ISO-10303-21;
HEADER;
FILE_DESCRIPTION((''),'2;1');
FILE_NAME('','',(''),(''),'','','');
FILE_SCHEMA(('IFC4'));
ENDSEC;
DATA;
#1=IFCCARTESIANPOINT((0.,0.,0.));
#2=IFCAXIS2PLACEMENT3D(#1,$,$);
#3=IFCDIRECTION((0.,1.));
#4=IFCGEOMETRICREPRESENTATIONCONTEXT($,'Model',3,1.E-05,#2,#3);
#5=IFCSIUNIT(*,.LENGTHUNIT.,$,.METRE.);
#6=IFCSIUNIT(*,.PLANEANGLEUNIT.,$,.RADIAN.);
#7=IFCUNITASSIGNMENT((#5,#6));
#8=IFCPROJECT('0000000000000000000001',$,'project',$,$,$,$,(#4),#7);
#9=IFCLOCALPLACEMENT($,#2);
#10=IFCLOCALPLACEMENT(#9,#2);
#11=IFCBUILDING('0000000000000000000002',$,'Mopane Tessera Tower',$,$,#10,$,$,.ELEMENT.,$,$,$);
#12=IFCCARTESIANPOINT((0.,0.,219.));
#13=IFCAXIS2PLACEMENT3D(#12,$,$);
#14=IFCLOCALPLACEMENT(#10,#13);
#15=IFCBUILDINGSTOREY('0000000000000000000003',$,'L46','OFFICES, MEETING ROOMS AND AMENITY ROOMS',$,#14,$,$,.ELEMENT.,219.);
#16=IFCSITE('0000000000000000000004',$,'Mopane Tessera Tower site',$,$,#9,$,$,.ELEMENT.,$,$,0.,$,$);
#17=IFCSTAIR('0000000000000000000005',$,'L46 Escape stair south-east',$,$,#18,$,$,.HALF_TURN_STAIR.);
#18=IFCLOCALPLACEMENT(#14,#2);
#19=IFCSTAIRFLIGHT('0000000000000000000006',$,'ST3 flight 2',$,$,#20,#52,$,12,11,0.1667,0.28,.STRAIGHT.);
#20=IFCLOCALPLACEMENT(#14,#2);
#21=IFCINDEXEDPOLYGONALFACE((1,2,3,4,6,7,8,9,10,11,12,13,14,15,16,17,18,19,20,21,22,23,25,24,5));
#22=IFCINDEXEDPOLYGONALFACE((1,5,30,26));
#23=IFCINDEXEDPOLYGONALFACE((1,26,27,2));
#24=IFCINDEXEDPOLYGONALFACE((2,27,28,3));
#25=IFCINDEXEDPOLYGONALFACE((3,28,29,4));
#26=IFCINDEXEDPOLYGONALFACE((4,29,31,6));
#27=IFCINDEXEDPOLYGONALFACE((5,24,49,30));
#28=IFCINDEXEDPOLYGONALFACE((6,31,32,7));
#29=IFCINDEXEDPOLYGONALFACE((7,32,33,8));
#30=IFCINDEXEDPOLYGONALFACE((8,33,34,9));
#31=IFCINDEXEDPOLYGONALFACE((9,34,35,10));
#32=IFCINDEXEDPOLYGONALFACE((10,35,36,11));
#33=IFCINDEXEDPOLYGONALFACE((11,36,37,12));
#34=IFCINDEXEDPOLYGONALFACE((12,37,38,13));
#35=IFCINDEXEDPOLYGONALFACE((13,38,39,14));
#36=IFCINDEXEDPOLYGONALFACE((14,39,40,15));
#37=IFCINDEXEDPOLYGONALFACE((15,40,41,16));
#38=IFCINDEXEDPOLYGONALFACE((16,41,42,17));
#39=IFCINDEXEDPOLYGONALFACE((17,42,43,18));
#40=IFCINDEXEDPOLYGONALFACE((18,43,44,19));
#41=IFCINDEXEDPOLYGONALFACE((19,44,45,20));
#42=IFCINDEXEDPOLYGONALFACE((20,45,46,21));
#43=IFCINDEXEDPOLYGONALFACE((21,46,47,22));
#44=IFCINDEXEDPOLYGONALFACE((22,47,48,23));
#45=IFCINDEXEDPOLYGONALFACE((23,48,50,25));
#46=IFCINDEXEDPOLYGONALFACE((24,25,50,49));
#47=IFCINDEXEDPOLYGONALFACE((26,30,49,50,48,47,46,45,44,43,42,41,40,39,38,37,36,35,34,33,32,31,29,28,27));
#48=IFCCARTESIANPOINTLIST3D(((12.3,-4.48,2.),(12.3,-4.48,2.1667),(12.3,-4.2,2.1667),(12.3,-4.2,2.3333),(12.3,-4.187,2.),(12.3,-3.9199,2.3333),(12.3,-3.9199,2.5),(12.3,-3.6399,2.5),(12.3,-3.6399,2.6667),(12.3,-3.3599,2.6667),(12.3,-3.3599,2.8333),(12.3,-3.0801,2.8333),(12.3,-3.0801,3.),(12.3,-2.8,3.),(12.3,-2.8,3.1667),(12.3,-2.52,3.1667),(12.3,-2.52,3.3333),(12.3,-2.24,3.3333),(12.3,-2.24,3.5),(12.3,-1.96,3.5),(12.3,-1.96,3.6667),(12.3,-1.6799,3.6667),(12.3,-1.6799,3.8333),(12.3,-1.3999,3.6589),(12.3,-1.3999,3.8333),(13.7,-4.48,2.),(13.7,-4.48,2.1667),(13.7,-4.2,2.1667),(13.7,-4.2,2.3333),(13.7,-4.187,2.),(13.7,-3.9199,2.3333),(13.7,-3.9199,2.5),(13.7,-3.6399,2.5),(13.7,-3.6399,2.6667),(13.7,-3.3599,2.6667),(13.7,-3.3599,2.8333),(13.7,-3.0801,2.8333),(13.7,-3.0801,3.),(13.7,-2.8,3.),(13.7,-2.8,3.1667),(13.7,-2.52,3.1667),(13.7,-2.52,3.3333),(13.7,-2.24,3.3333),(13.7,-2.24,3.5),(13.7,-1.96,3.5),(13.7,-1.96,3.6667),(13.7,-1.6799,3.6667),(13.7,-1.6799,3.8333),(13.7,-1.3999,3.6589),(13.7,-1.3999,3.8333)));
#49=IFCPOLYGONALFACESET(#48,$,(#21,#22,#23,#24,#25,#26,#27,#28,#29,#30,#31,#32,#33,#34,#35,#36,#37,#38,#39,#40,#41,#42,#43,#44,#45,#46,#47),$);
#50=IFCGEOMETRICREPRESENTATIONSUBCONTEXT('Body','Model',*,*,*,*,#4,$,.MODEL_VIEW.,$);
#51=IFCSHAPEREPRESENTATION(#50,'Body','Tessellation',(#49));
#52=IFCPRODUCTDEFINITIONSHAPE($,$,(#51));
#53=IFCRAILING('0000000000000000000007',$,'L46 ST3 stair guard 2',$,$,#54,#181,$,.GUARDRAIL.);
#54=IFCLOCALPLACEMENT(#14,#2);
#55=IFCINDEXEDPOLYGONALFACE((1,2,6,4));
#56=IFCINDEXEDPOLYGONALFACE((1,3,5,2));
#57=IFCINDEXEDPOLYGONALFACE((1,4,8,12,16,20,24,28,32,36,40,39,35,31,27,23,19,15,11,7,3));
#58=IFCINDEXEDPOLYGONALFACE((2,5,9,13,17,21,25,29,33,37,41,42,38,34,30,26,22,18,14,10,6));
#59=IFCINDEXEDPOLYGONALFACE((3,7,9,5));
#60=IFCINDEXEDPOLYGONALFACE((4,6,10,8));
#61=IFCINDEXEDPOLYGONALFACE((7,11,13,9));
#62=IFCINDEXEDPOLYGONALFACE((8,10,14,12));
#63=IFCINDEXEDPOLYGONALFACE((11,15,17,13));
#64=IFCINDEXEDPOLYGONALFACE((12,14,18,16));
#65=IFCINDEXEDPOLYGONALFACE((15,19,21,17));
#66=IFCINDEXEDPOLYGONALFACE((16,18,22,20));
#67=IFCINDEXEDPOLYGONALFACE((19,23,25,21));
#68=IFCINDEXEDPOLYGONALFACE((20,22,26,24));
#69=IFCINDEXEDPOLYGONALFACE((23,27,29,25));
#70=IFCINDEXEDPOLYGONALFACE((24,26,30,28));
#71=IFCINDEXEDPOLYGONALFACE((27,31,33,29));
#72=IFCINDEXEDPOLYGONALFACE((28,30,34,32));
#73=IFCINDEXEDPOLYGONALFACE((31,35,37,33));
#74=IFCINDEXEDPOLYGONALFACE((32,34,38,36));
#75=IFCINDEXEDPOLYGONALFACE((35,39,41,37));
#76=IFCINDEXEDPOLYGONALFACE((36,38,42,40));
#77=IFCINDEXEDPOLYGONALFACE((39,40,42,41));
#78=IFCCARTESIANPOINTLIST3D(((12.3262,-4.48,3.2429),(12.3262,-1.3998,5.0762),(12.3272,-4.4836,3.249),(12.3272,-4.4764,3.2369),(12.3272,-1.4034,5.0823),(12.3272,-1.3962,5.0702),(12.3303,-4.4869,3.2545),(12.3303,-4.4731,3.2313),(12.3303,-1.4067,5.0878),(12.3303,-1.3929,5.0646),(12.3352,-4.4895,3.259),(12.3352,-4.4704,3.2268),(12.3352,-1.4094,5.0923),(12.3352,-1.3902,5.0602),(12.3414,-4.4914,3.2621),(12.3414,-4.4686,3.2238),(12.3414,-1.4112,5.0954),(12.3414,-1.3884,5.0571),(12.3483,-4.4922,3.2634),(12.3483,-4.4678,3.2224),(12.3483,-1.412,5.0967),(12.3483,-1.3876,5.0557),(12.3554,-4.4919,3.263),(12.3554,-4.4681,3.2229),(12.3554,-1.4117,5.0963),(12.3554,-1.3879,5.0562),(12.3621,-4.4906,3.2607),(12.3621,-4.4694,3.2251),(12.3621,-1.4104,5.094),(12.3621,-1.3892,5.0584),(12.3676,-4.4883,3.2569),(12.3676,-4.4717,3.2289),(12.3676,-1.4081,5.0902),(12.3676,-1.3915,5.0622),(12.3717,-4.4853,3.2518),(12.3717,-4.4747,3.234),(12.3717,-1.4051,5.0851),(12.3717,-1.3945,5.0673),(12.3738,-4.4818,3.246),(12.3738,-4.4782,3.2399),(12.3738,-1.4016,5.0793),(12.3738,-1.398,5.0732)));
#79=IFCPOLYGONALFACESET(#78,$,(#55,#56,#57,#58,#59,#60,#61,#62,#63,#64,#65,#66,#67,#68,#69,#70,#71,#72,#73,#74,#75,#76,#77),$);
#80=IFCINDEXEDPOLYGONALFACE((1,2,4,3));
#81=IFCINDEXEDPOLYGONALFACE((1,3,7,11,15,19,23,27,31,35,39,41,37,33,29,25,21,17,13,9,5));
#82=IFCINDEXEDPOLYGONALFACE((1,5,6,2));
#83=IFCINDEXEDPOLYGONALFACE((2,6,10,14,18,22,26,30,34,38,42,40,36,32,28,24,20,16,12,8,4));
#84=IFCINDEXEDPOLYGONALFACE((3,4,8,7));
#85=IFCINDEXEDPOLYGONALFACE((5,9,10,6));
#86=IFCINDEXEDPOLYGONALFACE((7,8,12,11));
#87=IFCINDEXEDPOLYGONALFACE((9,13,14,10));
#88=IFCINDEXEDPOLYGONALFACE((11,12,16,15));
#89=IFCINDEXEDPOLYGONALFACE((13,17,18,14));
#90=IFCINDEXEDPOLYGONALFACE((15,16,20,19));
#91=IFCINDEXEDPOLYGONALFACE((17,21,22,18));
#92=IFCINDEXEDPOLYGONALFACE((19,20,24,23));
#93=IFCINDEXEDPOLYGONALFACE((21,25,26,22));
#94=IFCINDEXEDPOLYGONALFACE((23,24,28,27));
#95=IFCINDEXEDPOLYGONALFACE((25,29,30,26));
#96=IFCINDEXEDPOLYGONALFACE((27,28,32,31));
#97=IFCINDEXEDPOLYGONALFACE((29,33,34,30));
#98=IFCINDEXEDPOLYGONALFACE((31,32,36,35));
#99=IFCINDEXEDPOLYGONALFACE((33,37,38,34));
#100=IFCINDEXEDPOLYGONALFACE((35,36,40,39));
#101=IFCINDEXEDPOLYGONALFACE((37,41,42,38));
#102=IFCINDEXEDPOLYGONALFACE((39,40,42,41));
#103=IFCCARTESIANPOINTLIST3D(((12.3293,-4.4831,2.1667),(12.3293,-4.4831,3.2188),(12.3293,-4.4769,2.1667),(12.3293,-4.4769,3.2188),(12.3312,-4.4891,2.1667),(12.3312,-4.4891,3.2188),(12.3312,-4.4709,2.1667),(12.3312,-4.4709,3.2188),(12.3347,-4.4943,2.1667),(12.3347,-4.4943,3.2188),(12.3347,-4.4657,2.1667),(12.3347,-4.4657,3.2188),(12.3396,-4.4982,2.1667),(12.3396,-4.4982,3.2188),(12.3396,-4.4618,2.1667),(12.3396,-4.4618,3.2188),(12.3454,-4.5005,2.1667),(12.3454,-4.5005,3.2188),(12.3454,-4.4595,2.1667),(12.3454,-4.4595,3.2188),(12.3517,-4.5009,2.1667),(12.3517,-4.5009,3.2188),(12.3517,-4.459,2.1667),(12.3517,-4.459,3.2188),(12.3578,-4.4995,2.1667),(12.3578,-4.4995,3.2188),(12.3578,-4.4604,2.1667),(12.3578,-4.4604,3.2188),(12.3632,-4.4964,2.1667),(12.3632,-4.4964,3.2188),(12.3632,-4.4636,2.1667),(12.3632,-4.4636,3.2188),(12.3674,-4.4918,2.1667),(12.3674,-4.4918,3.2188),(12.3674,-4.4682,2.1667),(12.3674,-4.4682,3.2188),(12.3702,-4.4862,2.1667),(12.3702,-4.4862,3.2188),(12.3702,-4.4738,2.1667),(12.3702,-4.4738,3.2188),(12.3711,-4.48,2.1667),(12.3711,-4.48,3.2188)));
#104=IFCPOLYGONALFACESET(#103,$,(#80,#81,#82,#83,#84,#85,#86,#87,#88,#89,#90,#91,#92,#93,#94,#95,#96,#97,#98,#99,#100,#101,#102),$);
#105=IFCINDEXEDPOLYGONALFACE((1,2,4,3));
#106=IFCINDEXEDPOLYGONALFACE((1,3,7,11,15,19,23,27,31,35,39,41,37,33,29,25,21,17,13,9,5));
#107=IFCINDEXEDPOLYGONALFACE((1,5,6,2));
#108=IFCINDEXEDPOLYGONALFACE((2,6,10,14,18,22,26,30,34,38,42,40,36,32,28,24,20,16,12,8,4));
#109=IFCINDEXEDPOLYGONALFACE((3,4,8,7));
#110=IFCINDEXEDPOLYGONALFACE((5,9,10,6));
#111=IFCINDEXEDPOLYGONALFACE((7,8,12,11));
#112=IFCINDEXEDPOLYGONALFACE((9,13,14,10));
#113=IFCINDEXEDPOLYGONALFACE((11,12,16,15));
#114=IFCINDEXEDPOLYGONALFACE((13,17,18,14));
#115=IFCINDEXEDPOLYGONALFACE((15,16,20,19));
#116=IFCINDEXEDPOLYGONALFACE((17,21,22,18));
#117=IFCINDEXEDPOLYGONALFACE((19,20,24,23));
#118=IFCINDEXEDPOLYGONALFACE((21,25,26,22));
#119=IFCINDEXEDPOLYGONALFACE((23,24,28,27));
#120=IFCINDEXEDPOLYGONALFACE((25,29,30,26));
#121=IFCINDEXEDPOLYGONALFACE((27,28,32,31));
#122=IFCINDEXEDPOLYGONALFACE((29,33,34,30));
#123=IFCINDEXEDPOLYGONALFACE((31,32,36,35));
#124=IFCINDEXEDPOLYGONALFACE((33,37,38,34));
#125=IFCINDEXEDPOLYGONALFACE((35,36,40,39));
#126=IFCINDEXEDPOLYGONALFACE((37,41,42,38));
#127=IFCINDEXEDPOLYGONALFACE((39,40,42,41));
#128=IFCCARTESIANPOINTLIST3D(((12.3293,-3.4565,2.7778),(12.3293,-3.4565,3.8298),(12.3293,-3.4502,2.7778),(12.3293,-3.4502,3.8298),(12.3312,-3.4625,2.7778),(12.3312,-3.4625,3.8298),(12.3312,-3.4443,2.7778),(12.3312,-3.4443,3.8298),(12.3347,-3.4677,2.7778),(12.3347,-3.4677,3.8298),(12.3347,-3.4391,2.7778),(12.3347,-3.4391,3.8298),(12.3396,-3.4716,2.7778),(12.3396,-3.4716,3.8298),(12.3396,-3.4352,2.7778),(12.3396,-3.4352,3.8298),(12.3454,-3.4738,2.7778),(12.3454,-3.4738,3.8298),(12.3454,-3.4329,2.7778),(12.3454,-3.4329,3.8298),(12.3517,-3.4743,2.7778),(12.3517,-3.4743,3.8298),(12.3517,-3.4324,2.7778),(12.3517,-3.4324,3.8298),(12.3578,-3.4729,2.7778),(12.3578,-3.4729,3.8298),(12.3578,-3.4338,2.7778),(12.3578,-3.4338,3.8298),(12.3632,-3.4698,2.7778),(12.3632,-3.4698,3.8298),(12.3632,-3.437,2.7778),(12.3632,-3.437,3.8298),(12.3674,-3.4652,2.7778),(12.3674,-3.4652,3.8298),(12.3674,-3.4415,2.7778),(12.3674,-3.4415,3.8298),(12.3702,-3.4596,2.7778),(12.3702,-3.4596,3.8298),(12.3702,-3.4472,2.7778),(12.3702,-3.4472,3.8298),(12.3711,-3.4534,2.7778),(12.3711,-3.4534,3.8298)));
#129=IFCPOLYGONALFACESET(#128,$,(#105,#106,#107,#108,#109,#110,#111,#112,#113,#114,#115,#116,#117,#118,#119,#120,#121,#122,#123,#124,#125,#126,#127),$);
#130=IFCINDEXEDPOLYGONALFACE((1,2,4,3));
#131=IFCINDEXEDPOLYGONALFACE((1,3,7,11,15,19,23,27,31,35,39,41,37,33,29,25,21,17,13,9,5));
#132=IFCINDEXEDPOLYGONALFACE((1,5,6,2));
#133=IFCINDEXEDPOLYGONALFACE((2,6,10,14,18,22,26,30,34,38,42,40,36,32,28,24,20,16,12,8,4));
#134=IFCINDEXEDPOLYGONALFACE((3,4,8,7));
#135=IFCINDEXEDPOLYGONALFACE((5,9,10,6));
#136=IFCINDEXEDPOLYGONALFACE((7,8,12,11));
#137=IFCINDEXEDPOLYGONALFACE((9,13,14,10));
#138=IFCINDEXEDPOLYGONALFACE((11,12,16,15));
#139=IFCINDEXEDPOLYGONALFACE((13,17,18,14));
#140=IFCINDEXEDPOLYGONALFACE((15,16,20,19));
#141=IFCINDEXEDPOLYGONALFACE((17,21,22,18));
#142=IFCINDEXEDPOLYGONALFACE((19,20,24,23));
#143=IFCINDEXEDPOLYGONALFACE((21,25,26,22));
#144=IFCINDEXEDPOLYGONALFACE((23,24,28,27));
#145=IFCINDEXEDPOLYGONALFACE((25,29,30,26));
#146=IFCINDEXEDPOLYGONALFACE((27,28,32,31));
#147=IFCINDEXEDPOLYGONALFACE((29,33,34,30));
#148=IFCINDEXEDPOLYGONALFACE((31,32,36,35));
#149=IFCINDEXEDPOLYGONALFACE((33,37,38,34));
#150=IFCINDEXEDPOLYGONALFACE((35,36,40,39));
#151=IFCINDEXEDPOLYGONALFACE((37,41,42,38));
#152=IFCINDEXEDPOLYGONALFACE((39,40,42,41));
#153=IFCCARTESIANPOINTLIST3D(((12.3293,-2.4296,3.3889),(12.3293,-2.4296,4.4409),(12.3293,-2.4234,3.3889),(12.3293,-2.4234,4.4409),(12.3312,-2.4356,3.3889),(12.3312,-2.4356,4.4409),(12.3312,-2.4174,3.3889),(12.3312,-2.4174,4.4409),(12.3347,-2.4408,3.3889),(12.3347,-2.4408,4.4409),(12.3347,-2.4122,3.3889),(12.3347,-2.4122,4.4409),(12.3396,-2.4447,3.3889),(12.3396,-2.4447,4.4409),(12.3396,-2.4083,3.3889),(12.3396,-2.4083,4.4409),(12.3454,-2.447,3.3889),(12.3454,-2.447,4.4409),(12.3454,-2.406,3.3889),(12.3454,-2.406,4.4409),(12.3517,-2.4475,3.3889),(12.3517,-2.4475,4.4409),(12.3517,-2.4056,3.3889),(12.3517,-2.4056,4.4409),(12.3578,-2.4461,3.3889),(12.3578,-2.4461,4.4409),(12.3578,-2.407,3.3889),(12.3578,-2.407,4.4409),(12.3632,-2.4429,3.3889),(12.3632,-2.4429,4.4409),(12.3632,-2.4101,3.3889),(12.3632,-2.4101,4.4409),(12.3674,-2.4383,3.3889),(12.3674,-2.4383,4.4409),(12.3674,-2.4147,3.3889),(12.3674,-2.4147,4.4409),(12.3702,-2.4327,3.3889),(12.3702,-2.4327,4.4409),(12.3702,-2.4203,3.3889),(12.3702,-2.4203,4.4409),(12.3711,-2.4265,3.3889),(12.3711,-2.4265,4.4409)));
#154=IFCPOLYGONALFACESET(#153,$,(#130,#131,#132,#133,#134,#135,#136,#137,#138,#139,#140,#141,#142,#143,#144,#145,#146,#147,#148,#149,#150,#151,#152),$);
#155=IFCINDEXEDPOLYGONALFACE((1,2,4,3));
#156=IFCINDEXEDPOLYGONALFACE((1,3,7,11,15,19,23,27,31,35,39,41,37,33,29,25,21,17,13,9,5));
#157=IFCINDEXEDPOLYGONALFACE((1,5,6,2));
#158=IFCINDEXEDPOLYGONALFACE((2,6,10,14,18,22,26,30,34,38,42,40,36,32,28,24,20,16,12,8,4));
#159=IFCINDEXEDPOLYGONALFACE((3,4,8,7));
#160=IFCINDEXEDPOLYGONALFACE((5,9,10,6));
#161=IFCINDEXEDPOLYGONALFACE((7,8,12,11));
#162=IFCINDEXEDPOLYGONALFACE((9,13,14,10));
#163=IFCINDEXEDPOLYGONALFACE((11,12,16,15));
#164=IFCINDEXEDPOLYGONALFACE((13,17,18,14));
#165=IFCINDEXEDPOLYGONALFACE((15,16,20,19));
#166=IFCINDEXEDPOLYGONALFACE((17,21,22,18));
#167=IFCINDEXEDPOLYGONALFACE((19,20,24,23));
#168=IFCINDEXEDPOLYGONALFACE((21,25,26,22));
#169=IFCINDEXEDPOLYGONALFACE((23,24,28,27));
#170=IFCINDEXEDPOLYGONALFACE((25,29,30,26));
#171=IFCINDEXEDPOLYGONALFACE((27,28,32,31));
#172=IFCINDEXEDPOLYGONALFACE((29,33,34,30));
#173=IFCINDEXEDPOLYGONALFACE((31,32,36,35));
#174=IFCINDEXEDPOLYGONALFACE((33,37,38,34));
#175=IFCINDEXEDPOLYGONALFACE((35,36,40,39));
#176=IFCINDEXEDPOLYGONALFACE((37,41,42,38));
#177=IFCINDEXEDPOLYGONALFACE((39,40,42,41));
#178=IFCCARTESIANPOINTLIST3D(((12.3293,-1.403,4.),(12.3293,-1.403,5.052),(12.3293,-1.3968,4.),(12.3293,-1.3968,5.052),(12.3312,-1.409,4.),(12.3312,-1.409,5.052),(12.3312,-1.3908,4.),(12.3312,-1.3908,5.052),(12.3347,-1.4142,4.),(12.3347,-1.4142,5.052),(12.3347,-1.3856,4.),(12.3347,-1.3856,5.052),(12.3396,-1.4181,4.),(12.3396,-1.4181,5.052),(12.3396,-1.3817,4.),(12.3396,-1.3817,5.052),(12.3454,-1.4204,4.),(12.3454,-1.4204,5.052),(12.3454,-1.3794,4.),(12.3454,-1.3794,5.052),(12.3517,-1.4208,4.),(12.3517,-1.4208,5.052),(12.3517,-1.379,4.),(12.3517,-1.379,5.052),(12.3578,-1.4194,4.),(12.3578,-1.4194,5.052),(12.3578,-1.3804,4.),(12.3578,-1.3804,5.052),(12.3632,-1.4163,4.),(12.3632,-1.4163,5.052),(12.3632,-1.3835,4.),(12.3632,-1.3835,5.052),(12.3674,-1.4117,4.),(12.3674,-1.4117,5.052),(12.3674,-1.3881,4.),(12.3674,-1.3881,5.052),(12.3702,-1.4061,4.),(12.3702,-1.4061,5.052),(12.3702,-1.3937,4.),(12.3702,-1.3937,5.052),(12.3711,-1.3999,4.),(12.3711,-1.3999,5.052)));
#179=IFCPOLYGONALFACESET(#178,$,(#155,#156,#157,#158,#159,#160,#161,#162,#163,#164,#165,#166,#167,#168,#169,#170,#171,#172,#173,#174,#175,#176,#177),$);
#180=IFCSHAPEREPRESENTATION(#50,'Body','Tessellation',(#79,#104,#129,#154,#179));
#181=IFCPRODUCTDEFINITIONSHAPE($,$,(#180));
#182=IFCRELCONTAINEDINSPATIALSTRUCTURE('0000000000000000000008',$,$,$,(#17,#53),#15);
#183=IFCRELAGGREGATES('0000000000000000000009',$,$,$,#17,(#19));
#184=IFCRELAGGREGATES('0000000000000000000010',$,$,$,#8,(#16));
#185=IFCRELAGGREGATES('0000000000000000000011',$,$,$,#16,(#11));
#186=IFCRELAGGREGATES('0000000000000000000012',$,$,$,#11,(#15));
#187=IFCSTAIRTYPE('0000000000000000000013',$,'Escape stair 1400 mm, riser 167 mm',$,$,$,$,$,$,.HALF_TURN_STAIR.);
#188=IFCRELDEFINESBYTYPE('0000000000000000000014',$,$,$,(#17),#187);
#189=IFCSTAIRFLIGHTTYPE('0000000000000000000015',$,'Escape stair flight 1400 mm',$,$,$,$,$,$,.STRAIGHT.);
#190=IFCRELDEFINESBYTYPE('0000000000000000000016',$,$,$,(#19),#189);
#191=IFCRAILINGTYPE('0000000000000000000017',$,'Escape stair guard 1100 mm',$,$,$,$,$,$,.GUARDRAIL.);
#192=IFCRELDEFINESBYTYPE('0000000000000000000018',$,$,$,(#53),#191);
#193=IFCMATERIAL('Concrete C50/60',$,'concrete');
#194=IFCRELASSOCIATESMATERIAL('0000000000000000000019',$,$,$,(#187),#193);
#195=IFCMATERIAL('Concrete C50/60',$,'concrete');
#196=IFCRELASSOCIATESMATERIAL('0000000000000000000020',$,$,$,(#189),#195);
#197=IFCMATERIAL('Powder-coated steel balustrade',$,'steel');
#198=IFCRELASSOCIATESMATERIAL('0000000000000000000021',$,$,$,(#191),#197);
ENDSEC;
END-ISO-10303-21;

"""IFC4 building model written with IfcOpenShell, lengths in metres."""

from ifc_helpers import new_model, si_unit, direction, frame, origin, origin_2d, place, context, subcontext, project, spatial, polyline, circle, outline, extrude, material, type_object, element, aggregate, save


model = new_model("IFC4")

# Units and contexts
model_context = context("Model", 3, precision=1e-05, world=origin(), true_north=direction((0.0, 1.0)))
body_context = subcontext(model_context, "Body", "Model", "MODEL_VIEW")
ifc_project = project(units=[si_unit("LENGTHUNIT", "METRE"), si_unit("PLANEANGLEUNIT", "RADIAN")], contexts=[model_context])

# Site, building, storey
site_placement = place(None, origin())
site = spatial("IfcSite", under=ifc_project, at=site_placement, Name="Mopane Tessera Tower site", CompositionType="ELEMENT", RefElevation=0.0)
building_placement = place(site_placement, origin())
building = spatial("IfcBuilding", under=site, at=building_placement, Name="Mopane Tessera Tower", CompositionType="ELEMENT")
storey_placement = place(building_placement, frame((0.0, 0.0, 219.0)))
storey = spatial("IfcBuildingStorey", under=building, at=storey_placement, Name="L46", Description="OFFICES, MEETING ROOMS AND AMENITY ROOMS", CompositionType="ELEMENT", Elevation=219.0)

# Stair, stair flight
ifc_material_1 = material(Name="Concrete C50/60", Category="concrete")
stair_type = type_object("IfcStairType", Name="Escape stair 1400 mm, riser 167 mm", PredefinedType="HALF_TURN_STAIR", material=ifc_material_1)
stair_placement = place(storey_placement, origin())
stair = element("IfcStair", 1, at=stair_placement, inside=storey, type_object=stair_type, Name="L46 Escape stair south-east", PredefinedType="HALF_TURN_STAIR")
ifc_material_2 = material(Name="Concrete C50/60", Category="concrete")
stair_flight_type = type_object("IfcStairFlightType", Name="Escape stair flight 1400 mm", PredefinedType="STRAIGHT", material=ifc_material_2)
stair_flight_placement = place(storey_placement, frame((13.0, -4.48, 2.0), z_axis=(0.0, 0.0, 1.0), x_axis=(0.0, 1.0, 0.0)))
stair_flight = element("IfcStairFlight", 2, at=stair_flight_placement, type_object=stair_flight_type, Name="ST3 flight 2", NumberOfRisers=12, NumberOfTreads=11, PredefinedType="STRAIGHT", RiserHeight=0.1667, TreadLength=0.28, context=body_context, shape_type="SweptSolid", body=[
    extrude(outline(polyline([(0.0, 0.0), (0.0, 0.1667), (0.28, 0.1667), (0.28, 0.3333), (0.5601, 0.3333), (0.5601, 0.5), (0.8401, 0.5), (0.8401, 0.6667), (1.1201, 0.6667), (1.1201, 0.8333), (1.3999, 0.8333), (1.3999, 1.0), (1.6799, 1.0), (1.6799, 1.1667), (1.96, 1.1667), (1.96, 1.3333), (2.24, 1.3333), (2.24, 1.5), (2.52, 1.5), (2.52, 1.6667), (2.8, 1.6667), (2.8, 1.8333), (3.0801, 1.8333), (3.0801, 2.0), (3.0801, 1.6589), (0.293, 0.0), (0.0, 0.0)])), frame((0.0, 0.7, 0.0), z_axis=(0.0, -1.0, 0.0), x_axis=(1.0, 0.0, 0.0)), (0.0, 0.0, 1.0), 1.3999),
])
aggregate(stair, [stair_flight])

# Railing
ifc_material_3 = material(Name="Powder-coated steel balustrade", Category="steel")
railing_type_1 = type_object("IfcRailingType", Name="Escape stair guard 1100 mm", PredefinedType="GUARDRAIL", material=ifc_material_3)
railing_1_placement = place(storey_placement, frame((12.3501, -4.48, 2.1667)))
element("IfcRailing", 3, at=railing_1_placement, inside=storey, type_object=railing_type_1, Name="L46 ST3 stair guard 2", PredefinedType="GUARDRAIL", context=body_context, shape_type="SweptSolid", body=[
    extrude(circle(Radius=0.0239, at=origin_2d()), frame((0.0, 0.0, 1.0762), z_axis=(0.0, 0.859309, 0.511458), x_axis=(-1.0, 0.0, 0.0)), (0.0, 0.0, 1.0), 3.5845),
    extrude(circle(Radius=0.021, at=origin_2d()), origin(), (0.0, 0.0, 1.0), 1.052),
    extrude(circle(Radius=0.021, at=origin_2d()), frame((0.0, 1.0266, 0.6111)), (0.0, 0.0, 1.0), 1.052),
    extrude(circle(Radius=0.021, at=origin_2d()), frame((0.0, 2.0535, 1.2222)), (0.0, 0.0, 1.0), 1.052),
    extrude(circle(Radius=0.021, at=origin_2d()), frame((0.0, 3.0801, 1.8333)), (0.0, 0.0, 1.0), 1.052),
])

save(model, "model.ifc")
